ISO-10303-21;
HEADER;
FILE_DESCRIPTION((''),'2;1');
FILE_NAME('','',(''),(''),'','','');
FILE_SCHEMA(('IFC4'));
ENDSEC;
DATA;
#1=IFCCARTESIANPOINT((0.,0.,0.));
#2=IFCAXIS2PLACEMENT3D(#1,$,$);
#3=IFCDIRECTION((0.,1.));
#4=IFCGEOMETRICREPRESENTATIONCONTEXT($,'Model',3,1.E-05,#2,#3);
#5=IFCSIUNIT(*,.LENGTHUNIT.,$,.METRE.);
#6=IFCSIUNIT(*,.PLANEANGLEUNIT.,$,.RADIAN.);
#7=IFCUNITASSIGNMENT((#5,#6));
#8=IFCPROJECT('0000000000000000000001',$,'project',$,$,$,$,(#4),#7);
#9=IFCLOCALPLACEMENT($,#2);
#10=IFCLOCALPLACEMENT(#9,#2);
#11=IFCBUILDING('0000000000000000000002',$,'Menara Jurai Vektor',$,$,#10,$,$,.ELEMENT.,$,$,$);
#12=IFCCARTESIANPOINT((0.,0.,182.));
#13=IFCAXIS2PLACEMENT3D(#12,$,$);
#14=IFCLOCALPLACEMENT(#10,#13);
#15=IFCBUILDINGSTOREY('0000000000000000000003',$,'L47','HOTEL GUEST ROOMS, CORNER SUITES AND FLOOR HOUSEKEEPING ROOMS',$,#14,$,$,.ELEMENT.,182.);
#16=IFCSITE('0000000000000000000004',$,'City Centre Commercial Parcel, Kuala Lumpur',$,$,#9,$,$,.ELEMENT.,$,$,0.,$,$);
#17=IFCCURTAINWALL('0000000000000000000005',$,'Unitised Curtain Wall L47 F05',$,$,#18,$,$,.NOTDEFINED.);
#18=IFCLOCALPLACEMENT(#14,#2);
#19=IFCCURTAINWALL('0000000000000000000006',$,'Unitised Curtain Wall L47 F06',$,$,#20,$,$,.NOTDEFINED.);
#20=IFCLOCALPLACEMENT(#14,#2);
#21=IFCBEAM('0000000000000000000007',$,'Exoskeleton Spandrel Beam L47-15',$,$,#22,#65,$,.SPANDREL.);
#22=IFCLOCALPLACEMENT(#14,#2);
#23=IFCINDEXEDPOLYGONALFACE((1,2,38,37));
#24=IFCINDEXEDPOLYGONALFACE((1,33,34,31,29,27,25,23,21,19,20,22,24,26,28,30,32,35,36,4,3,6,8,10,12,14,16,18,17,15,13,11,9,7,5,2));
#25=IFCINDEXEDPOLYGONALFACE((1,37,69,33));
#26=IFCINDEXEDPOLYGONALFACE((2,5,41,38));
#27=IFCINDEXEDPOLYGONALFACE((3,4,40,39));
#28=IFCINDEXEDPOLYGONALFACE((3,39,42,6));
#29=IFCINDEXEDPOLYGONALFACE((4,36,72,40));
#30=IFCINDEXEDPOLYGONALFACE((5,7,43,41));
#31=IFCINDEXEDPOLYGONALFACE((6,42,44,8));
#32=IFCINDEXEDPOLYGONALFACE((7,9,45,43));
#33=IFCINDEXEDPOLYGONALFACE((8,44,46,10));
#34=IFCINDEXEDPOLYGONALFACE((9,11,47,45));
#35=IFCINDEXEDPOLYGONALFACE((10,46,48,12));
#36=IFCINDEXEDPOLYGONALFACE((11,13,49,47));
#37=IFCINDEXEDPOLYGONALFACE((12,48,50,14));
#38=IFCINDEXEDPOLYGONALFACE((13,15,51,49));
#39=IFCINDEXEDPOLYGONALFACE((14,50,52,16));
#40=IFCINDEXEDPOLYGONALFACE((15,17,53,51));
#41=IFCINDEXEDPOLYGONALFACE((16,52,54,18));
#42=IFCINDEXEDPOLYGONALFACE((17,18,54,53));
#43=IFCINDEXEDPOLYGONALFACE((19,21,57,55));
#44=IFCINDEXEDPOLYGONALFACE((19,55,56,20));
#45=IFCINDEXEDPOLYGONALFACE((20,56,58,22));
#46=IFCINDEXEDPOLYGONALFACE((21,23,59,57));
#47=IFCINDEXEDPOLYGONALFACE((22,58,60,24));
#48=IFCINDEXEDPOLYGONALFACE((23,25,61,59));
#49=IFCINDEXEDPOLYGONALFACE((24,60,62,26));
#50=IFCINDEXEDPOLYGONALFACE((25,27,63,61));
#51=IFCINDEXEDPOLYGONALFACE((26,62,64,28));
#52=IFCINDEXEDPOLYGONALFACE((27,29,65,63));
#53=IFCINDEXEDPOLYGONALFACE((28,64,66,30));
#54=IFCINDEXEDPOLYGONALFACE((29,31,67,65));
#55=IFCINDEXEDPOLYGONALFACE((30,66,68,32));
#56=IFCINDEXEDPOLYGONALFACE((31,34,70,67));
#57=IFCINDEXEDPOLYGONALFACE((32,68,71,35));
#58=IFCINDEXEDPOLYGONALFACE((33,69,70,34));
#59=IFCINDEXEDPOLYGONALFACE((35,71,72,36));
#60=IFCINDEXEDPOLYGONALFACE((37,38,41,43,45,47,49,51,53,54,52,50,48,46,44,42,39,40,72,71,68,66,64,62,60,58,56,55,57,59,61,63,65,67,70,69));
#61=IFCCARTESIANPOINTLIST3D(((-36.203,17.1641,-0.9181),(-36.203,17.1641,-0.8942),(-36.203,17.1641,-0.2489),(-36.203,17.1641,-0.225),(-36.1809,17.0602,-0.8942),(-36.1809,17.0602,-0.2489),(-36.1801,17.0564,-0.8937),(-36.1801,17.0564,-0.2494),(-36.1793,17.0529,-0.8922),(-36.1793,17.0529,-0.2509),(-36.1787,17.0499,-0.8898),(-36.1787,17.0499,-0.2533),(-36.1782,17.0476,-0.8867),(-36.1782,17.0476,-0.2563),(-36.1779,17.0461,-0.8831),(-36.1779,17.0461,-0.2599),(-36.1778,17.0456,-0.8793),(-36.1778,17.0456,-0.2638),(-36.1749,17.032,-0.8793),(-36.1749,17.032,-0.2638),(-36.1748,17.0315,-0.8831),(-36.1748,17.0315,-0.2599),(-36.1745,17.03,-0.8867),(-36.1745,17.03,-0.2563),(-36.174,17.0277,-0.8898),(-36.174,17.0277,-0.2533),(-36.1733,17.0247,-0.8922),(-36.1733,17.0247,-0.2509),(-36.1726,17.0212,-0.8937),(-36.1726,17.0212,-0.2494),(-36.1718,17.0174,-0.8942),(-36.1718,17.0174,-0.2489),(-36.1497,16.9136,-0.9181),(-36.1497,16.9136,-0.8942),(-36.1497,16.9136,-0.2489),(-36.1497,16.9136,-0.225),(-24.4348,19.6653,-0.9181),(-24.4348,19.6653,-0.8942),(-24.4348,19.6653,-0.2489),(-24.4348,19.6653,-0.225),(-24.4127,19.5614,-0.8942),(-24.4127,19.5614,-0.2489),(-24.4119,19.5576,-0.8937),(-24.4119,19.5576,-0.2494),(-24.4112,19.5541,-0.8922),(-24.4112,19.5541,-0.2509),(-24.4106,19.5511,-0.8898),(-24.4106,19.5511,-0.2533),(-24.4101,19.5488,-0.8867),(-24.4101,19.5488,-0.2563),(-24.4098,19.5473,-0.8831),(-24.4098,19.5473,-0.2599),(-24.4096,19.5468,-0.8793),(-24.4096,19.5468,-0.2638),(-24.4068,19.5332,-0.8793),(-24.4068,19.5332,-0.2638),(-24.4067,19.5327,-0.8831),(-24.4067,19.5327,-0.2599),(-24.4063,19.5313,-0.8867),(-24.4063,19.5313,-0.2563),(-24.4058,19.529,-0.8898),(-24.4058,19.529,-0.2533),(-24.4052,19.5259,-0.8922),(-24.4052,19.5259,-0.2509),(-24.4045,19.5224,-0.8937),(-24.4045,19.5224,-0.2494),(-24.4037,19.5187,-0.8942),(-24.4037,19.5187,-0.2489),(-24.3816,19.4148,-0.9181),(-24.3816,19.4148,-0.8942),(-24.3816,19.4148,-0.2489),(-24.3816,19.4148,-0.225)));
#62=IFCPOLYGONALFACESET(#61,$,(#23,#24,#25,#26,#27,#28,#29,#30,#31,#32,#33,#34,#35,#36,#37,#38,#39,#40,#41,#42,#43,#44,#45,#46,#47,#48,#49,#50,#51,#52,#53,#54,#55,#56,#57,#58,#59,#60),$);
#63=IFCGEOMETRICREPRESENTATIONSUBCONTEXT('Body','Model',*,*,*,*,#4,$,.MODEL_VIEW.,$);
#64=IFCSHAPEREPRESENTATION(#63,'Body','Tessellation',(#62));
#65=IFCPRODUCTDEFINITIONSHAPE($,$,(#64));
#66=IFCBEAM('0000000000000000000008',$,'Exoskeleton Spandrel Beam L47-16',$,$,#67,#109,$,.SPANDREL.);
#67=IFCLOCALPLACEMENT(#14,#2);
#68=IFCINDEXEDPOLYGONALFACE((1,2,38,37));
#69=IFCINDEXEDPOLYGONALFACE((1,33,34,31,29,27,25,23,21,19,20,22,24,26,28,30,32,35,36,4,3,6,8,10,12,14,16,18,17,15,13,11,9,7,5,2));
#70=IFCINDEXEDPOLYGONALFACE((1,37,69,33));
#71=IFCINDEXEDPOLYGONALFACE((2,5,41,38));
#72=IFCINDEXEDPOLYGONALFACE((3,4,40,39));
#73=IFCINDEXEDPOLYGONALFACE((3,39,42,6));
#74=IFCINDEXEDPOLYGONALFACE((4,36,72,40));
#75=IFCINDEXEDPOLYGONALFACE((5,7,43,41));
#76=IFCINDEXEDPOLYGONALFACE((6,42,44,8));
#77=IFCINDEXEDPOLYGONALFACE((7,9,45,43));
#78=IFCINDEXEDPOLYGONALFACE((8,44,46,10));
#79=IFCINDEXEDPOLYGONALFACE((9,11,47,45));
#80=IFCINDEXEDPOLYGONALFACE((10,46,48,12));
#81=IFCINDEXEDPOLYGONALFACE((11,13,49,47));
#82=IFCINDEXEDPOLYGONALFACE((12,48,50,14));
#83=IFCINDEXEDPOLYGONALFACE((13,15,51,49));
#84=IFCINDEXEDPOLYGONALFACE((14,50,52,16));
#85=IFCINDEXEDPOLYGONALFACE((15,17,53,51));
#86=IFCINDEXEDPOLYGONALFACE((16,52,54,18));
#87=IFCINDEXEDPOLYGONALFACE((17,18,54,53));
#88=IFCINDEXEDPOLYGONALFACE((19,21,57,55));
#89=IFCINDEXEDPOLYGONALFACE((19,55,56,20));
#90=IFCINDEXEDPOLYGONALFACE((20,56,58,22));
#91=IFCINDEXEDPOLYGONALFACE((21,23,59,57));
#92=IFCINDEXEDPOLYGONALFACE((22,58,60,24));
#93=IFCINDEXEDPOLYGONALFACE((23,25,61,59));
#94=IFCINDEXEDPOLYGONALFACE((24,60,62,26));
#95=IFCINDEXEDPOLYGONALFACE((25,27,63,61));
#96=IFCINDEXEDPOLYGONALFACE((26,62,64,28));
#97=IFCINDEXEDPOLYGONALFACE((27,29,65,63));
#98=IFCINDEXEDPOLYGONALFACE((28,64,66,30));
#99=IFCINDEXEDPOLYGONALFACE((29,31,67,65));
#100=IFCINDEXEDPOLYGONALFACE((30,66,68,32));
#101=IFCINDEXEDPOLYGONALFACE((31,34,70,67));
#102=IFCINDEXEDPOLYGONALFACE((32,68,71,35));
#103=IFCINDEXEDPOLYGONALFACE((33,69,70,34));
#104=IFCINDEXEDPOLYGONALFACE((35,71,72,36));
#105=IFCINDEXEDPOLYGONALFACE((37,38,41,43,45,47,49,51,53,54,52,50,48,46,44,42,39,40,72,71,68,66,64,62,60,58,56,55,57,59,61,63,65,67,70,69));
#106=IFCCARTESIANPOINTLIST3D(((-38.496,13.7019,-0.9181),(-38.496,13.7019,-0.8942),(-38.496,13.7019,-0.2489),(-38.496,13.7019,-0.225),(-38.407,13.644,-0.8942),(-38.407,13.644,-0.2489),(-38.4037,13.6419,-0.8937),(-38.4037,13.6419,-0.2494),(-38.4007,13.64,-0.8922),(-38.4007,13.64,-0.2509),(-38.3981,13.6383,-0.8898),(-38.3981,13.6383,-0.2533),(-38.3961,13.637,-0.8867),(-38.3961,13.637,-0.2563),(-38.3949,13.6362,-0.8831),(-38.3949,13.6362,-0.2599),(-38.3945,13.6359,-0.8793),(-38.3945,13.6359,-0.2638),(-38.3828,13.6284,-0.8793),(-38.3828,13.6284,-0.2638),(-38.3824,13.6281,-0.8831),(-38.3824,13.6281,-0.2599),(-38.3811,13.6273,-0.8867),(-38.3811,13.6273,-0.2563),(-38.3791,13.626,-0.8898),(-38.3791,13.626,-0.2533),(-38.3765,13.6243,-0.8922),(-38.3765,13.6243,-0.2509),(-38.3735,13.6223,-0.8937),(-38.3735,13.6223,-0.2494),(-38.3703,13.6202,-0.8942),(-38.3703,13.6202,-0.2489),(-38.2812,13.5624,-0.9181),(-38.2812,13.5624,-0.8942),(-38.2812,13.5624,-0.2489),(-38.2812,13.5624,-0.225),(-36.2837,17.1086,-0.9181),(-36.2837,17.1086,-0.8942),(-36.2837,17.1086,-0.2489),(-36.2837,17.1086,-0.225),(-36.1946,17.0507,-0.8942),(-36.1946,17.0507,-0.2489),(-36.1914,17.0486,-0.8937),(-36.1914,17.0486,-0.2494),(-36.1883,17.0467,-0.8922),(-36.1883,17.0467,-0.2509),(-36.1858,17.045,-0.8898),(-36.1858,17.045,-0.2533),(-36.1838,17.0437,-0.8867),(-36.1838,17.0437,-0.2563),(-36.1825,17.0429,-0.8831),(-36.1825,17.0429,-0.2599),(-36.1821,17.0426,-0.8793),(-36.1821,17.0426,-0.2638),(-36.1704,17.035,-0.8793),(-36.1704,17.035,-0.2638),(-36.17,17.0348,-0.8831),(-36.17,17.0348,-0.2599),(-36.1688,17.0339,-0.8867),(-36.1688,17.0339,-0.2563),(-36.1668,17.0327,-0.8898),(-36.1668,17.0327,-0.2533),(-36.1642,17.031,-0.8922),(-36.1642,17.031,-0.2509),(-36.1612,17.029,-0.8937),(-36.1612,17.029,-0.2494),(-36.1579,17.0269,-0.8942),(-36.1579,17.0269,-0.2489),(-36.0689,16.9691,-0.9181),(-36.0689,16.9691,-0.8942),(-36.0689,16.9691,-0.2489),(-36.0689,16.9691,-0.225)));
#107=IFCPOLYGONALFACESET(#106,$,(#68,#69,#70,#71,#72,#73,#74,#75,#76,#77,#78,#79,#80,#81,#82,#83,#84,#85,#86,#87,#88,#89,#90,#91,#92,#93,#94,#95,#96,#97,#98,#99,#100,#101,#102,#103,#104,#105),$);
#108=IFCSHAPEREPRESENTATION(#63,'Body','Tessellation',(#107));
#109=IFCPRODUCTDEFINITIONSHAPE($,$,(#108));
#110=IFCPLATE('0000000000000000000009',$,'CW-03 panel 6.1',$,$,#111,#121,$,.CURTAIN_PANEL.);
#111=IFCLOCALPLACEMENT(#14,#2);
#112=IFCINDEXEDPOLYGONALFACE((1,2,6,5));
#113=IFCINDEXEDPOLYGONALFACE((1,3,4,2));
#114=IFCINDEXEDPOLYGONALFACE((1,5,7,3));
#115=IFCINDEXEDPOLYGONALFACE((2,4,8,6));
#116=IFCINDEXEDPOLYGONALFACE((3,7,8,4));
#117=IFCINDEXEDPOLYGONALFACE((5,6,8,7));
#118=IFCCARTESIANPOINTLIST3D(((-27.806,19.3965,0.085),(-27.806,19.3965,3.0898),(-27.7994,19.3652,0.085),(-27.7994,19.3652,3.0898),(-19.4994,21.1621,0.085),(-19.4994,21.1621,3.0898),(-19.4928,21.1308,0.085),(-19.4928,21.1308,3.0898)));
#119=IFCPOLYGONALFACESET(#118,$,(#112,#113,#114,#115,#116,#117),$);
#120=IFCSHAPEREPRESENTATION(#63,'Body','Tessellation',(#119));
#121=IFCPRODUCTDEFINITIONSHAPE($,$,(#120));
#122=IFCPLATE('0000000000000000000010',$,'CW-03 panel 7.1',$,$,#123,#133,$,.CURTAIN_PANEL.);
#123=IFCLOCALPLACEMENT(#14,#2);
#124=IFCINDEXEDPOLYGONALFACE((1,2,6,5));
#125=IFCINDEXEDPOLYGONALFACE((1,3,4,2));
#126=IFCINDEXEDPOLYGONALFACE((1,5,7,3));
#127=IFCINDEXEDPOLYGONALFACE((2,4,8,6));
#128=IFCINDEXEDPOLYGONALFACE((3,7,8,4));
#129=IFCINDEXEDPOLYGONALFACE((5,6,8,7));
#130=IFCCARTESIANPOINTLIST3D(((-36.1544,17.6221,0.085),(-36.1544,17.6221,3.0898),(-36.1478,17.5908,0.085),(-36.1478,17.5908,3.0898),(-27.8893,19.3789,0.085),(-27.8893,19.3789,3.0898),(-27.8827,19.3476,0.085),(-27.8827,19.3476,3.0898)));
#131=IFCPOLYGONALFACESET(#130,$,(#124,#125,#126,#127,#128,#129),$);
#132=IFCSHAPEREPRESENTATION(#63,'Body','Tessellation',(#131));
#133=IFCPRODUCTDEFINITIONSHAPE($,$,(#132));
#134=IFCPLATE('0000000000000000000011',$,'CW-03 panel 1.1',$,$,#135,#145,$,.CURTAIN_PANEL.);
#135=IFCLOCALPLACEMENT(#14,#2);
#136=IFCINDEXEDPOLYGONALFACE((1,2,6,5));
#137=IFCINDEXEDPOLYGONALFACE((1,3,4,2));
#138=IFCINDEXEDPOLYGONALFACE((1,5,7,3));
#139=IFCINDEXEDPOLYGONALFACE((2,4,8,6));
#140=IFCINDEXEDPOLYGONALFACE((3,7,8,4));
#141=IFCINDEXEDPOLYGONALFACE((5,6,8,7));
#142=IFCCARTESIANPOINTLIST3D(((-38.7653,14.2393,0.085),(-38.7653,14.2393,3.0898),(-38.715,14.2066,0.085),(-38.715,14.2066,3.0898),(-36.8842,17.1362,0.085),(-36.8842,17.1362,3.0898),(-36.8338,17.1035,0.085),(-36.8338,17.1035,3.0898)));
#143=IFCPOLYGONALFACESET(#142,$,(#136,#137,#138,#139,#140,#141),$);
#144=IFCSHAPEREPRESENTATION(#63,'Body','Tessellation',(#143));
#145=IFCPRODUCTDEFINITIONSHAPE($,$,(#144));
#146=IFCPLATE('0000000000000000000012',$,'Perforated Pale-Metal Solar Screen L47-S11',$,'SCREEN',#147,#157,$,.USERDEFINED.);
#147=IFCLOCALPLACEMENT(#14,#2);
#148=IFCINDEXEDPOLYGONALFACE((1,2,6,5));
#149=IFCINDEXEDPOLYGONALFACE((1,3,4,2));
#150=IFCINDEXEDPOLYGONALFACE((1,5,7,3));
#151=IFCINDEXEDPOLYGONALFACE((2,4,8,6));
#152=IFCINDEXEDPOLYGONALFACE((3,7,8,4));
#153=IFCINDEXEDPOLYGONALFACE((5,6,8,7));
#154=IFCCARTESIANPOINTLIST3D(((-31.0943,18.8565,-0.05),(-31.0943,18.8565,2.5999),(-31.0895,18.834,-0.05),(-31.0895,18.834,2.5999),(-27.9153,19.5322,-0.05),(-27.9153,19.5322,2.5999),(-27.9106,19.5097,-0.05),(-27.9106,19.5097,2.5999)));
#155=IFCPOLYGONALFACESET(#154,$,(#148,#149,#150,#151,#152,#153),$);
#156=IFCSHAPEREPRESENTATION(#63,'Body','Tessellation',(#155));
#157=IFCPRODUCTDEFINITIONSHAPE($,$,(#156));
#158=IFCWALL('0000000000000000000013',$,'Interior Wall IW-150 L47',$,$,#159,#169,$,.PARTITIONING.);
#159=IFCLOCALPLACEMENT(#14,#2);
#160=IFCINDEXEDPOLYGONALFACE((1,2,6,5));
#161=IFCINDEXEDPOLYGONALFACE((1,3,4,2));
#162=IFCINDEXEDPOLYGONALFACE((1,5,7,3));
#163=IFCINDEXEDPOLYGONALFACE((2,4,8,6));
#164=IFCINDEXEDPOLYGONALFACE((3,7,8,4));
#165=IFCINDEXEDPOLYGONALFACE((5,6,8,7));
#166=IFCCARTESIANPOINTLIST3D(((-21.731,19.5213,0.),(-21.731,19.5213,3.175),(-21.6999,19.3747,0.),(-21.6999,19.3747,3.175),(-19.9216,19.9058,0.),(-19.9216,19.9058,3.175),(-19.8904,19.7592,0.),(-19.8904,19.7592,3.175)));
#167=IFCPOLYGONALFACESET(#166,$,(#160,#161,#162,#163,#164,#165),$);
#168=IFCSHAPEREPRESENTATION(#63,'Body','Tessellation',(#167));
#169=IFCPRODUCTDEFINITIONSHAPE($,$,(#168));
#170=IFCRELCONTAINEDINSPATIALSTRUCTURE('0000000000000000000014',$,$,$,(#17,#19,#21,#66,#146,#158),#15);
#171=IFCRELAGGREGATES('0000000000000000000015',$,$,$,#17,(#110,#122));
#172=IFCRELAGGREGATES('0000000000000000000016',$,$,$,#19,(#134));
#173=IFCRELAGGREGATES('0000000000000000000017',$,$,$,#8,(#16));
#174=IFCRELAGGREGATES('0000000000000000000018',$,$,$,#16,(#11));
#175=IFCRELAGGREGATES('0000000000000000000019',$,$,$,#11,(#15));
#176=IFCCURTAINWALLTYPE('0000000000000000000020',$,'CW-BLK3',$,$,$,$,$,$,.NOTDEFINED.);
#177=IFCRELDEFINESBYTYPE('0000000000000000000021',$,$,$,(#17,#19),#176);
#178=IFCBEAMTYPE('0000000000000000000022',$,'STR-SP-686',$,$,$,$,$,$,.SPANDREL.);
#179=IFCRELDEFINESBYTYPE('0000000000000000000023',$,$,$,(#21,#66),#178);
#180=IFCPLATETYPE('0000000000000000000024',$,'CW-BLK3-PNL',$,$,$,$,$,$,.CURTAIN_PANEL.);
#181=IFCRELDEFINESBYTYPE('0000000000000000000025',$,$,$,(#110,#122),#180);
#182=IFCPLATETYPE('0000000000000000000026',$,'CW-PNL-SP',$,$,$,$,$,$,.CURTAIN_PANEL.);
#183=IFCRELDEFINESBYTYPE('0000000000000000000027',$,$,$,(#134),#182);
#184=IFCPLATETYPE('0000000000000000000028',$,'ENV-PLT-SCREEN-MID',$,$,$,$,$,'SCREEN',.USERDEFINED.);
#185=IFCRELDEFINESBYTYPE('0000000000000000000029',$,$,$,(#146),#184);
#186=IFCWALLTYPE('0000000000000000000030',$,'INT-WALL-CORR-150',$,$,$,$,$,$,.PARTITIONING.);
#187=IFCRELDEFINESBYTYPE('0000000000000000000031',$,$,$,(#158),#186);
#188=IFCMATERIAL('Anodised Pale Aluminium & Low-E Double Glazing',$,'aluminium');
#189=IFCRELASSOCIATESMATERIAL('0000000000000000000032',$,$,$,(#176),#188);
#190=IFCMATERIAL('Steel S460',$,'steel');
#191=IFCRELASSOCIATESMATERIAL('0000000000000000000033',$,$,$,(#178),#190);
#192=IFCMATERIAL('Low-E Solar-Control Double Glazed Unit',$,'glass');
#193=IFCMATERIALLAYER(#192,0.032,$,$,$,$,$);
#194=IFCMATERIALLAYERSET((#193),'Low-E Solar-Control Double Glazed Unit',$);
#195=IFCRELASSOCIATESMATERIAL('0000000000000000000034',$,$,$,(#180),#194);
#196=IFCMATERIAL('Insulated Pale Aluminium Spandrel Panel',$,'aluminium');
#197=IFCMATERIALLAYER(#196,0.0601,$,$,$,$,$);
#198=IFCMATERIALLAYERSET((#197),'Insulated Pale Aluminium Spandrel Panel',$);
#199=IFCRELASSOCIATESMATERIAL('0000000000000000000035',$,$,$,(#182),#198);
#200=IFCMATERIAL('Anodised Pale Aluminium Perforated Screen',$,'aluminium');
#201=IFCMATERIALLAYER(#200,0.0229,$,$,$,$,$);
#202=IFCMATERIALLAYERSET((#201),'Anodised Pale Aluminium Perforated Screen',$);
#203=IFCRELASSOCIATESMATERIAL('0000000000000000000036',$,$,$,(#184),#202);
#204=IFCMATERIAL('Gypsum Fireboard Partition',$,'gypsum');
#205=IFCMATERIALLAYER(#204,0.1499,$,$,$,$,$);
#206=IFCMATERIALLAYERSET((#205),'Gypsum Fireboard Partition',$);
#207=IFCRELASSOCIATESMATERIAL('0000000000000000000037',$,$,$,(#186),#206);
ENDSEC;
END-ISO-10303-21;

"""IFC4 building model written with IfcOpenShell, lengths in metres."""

from ifc_helpers import new_model, si_unit, direction, frame, frame_2d, origin, origin_2d, place, context, subcontext, project, spatial, rectangle, i_section, extrude, material, layer, layer_set, material_profile, profile_set, type_object, element, aggregate, save


model = new_model("IFC4")

# Units and contexts
model_context = context("Model", 3, precision=1e-05, world=origin(), true_north=direction((0.0, 1.0)))
body_context = subcontext(model_context, "Body", "Model", "MODEL_VIEW")
ifc_project = project(units=[si_unit("LENGTHUNIT", "METRE"), si_unit("PLANEANGLEUNIT", "RADIAN")], contexts=[model_context])

# Site, building, storey
site_placement = place(None, origin())
site = spatial("IfcSite", under=ifc_project, at=site_placement, Name="City Centre Commercial Parcel, Kuala Lumpur", CompositionType="ELEMENT", RefElevation=0.0)
building_placement = place(site_placement, origin())
building = spatial("IfcBuilding", under=site, at=building_placement, Name="Menara Jurai Vektor", CompositionType="ELEMENT")
storey_placement = place(building_placement, frame((0.0, 0.0, 182.0)))
storey = spatial("IfcBuildingStorey", under=building, at=storey_placement, Name="L47", Description="HOTEL GUEST ROOMS, CORNER SUITES AND FLOOR HOUSEKEEPING ROOMS", CompositionType="ELEMENT", Elevation=182.0)

# Shared definitions
ifc_material_1 = material(Name="Steel S460", Category="steel")

# Curtain walls
ifc_material_2 = material(Name="Anodised Pale Aluminium & Low-E Double Glazing", Category="aluminium")
curtain_wall_type = type_object("IfcCurtainWallType", Name="CW-BLK3", PredefinedType="NOTDEFINED", material=ifc_material_2)
curtain_wall_1_placement = place(storey_placement, origin())
curtain_wall_1 = element("IfcCurtainWall", 1, at=curtain_wall_1_placement, inside=storey, type_object=curtain_wall_type, Name="Unitised Curtain Wall L47 F05", PredefinedType="NOTDEFINED")
curtain_wall_2_placement = place(storey_placement, origin())
curtain_wall_2 = element("IfcCurtainWall", 2, at=curtain_wall_2_placement, inside=storey, type_object=curtain_wall_type, Name="Unitised Curtain Wall L47 F06", PredefinedType="NOTDEFINED")

# Beams
ifc_material_profile_1 = material_profile(ifc_material_1, i_section(OverallWidth=0.2561, OverallDepth=0.6931, WebThickness=0.0139, FlangeThickness=0.0239, FilletRadius=0.0149, at=origin_2d()), Name="UKB 686x254x170")
ifc_profile_set_1 = profile_set([ifc_material_profile_1], Name="Steel S460")
beam_type_1 = type_object("IfcBeamType", Name="STR-SP-686", PredefinedType="SPANDREL", material=ifc_profile_set_1)
beam_1_placement = place(storey_placement, frame((-24.4082, 19.54, -0.5715), z_axis=(-0.97815, -0.207899, 0.0), x_axis=(0.207899, -0.97815, 0.0)))
element("IfcBeam", 3, at=beam_1_placement, inside=storey, type_object=beam_type_1, Name="Exoskeleton Spandrel Beam L47-15", PredefinedType="SPANDREL", context=body_context, shape_type="SweptSolid", body=[
    extrude(i_section(OverallWidth=0.2561, OverallDepth=0.6931, WebThickness=0.0139, FlangeThickness=0.0239, FilletRadius=0.0149, at=origin_2d()), origin(), (0.0, 0.0, 1.0), 12.031),
])
beam_2_placement = place(storey_placement, frame((-36.1763, 17.0388, -0.5715), z_axis=(-0.544646, -0.838666, 0.0), x_axis=(0.838666, -0.544646, 0.0)))
element("IfcBeam", 4, at=beam_2_placement, inside=storey, type_object=beam_type_1, Name="Exoskeleton Spandrel Beam L47-16", PredefinedType="SPANDREL", context=body_context, shape_type="SweptSolid", body=[
    extrude(i_section(OverallWidth=0.2561, OverallDepth=0.6931, WebThickness=0.0139, FlangeThickness=0.0239, FilletRadius=0.0149, at=origin_2d()), origin(), (0.0, 0.0, 1.0), 4.062),
])

# Plates
ifc_material_3 = material(Name="Low-E Solar-Control Double Glazed Unit", Category="glass")
ifc_layer_1 = layer(ifc_material_3, 0.032)
ifc_layer_set_1 = layer_set([ifc_layer_1], Name="Low-E Solar-Control Double Glazed Unit")
plate_type_1 = type_object("IfcPlateType", Name="CW-BLK3-PNL", PredefinedType="CURTAIN_PANEL", material=ifc_layer_set_1)
plate_1_placement = place(storey_placement, frame((-23.6494, 20.2637, 0.085), z_axis=(0.0, 0.0, 1.0), x_axis=(-0.978148, -0.207911, 0.0)))
plate_1 = element("IfcPlate", 5, at=plate_1_placement, type_object=plate_type_1, Name="CW-03 panel 6.1", PredefinedType="CURTAIN_PANEL", context=body_context, shape_type="SweptSolid", body=[
    extrude(rectangle(XDim=8.4922, YDim=0.032, at=origin_2d()), origin(), (0.0, 0.0, 1.0), 3.0049),
])
plate_2_placement = place(storey_placement, frame((-32.0186, 18.4849, 0.085), z_axis=(0.0, 0.0, 1.0), x_axis=(-0.978148, -0.207911, 0.0)))
plate_2 = element("IfcPlate", 6, at=plate_2_placement, type_object=plate_type_1, Name="CW-03 panel 7.1", PredefinedType="CURTAIN_PANEL", context=body_context, shape_type="SweptSolid", body=[
    extrude(rectangle(XDim=8.4497, YDim=0.032, at=origin_2d()), origin(), (0.0, 0.0, 1.0), 3.0049),
])
aggregate(curtain_wall_1, [plate_1, plate_2])
ifc_material_4 = material(Name="Insulated Pale Aluminium Spandrel Panel", Category="aluminium")
ifc_layer_2 = layer(ifc_material_4, 0.0601)
ifc_layer_set_2 = layer_set([ifc_layer_2], Name="Insulated Pale Aluminium Spandrel Panel")
plate_type_2 = type_object("IfcPlateType", Name="CW-PNL-SP", PredefinedType="CURTAIN_PANEL", material=ifc_layer_set_2)
plate_3_placement = place(storey_placement, frame((-37.7996, 15.6714, 0.085), z_axis=(0.0, 0.0, 1.0), x_axis=(-0.544618, -0.838684, 0.0)))
plate_3 = element("IfcPlate", 7, at=plate_3_placement, type_object=plate_type_2, Name="CW-03 panel 1.1", PredefinedType="CURTAIN_PANEL", context=body_context, shape_type="SweptSolid", body=[
    extrude(rectangle(XDim=3.4541, YDim=0.0601, at=origin_2d()), origin(), (0.0, 0.0, 1.0), 3.0049),
])
aggregate(curtain_wall_2, [plate_3])
ifc_material_5 = material(Name="Anodised Pale Aluminium Perforated Screen", Category="aluminium")
ifc_layer_3 = layer(ifc_material_5, 0.0229)
ifc_layer_set_3 = layer_set([ifc_layer_3], Name="Anodised Pale Aluminium Perforated Screen")
plate_type_3 = type_object("IfcPlateType", Name="ENV-PLT-SCREEN-MID", ElementType="SCREEN", PredefinedType="USERDEFINED", material=ifc_layer_set_3)
plate_4_placement = place(storey_placement, frame((-29.5024, 19.1831, -0.05), z_axis=(0.0, 0.0, 1.0), x_axis=(-0.978148, -0.207912, 0.0)))
element("IfcPlate", 8, at=plate_4_placement, inside=storey, type_object=plate_type_3, Name="Perforated Pale-Metal Solar Screen L47-S11", ObjectType="SCREEN", PredefinedType="USERDEFINED", context=body_context, shape_type="SweptSolid", body=[
    extrude(rectangle(XDim=3.25, YDim=0.0229, at=origin_2d()), origin(), (0.0, 0.0, 1.0), 2.6499),
])

# Wall
ifc_material_6 = material(Name="Gypsum Fireboard Partition", Category="gypsum")
ifc_layer_4 = layer(ifc_material_6, 0.1499)
ifc_layer_set_4 = layer_set([ifc_layer_4], Name="Gypsum Fireboard Partition")
wall_type = type_object("IfcWallType", Name="INT-WALL-CORR-150", PredefinedType="PARTITIONING", material=ifc_layer_set_4)
wall_1_placement = place(storey_placement, frame((-21.7153, 19.448, 0.0), z_axis=(0.0, 0.0, 1.0), x_axis=(0.97816, 0.207852, 0.0)))
element("IfcWall", 9, at=wall_1_placement, inside=storey, type_object=wall_type, Name="Interior Wall IW-150 L47", PredefinedType="PARTITIONING", context=body_context, shape_type="SweptSolid", body=[
    extrude(rectangle(XDim=1.8499, YDim=0.1499, at=frame_2d((0.9248, 0.0))), origin(), (0.0, 0.0, 1.0), 3.175),
])

save(model, "model.ifc")
